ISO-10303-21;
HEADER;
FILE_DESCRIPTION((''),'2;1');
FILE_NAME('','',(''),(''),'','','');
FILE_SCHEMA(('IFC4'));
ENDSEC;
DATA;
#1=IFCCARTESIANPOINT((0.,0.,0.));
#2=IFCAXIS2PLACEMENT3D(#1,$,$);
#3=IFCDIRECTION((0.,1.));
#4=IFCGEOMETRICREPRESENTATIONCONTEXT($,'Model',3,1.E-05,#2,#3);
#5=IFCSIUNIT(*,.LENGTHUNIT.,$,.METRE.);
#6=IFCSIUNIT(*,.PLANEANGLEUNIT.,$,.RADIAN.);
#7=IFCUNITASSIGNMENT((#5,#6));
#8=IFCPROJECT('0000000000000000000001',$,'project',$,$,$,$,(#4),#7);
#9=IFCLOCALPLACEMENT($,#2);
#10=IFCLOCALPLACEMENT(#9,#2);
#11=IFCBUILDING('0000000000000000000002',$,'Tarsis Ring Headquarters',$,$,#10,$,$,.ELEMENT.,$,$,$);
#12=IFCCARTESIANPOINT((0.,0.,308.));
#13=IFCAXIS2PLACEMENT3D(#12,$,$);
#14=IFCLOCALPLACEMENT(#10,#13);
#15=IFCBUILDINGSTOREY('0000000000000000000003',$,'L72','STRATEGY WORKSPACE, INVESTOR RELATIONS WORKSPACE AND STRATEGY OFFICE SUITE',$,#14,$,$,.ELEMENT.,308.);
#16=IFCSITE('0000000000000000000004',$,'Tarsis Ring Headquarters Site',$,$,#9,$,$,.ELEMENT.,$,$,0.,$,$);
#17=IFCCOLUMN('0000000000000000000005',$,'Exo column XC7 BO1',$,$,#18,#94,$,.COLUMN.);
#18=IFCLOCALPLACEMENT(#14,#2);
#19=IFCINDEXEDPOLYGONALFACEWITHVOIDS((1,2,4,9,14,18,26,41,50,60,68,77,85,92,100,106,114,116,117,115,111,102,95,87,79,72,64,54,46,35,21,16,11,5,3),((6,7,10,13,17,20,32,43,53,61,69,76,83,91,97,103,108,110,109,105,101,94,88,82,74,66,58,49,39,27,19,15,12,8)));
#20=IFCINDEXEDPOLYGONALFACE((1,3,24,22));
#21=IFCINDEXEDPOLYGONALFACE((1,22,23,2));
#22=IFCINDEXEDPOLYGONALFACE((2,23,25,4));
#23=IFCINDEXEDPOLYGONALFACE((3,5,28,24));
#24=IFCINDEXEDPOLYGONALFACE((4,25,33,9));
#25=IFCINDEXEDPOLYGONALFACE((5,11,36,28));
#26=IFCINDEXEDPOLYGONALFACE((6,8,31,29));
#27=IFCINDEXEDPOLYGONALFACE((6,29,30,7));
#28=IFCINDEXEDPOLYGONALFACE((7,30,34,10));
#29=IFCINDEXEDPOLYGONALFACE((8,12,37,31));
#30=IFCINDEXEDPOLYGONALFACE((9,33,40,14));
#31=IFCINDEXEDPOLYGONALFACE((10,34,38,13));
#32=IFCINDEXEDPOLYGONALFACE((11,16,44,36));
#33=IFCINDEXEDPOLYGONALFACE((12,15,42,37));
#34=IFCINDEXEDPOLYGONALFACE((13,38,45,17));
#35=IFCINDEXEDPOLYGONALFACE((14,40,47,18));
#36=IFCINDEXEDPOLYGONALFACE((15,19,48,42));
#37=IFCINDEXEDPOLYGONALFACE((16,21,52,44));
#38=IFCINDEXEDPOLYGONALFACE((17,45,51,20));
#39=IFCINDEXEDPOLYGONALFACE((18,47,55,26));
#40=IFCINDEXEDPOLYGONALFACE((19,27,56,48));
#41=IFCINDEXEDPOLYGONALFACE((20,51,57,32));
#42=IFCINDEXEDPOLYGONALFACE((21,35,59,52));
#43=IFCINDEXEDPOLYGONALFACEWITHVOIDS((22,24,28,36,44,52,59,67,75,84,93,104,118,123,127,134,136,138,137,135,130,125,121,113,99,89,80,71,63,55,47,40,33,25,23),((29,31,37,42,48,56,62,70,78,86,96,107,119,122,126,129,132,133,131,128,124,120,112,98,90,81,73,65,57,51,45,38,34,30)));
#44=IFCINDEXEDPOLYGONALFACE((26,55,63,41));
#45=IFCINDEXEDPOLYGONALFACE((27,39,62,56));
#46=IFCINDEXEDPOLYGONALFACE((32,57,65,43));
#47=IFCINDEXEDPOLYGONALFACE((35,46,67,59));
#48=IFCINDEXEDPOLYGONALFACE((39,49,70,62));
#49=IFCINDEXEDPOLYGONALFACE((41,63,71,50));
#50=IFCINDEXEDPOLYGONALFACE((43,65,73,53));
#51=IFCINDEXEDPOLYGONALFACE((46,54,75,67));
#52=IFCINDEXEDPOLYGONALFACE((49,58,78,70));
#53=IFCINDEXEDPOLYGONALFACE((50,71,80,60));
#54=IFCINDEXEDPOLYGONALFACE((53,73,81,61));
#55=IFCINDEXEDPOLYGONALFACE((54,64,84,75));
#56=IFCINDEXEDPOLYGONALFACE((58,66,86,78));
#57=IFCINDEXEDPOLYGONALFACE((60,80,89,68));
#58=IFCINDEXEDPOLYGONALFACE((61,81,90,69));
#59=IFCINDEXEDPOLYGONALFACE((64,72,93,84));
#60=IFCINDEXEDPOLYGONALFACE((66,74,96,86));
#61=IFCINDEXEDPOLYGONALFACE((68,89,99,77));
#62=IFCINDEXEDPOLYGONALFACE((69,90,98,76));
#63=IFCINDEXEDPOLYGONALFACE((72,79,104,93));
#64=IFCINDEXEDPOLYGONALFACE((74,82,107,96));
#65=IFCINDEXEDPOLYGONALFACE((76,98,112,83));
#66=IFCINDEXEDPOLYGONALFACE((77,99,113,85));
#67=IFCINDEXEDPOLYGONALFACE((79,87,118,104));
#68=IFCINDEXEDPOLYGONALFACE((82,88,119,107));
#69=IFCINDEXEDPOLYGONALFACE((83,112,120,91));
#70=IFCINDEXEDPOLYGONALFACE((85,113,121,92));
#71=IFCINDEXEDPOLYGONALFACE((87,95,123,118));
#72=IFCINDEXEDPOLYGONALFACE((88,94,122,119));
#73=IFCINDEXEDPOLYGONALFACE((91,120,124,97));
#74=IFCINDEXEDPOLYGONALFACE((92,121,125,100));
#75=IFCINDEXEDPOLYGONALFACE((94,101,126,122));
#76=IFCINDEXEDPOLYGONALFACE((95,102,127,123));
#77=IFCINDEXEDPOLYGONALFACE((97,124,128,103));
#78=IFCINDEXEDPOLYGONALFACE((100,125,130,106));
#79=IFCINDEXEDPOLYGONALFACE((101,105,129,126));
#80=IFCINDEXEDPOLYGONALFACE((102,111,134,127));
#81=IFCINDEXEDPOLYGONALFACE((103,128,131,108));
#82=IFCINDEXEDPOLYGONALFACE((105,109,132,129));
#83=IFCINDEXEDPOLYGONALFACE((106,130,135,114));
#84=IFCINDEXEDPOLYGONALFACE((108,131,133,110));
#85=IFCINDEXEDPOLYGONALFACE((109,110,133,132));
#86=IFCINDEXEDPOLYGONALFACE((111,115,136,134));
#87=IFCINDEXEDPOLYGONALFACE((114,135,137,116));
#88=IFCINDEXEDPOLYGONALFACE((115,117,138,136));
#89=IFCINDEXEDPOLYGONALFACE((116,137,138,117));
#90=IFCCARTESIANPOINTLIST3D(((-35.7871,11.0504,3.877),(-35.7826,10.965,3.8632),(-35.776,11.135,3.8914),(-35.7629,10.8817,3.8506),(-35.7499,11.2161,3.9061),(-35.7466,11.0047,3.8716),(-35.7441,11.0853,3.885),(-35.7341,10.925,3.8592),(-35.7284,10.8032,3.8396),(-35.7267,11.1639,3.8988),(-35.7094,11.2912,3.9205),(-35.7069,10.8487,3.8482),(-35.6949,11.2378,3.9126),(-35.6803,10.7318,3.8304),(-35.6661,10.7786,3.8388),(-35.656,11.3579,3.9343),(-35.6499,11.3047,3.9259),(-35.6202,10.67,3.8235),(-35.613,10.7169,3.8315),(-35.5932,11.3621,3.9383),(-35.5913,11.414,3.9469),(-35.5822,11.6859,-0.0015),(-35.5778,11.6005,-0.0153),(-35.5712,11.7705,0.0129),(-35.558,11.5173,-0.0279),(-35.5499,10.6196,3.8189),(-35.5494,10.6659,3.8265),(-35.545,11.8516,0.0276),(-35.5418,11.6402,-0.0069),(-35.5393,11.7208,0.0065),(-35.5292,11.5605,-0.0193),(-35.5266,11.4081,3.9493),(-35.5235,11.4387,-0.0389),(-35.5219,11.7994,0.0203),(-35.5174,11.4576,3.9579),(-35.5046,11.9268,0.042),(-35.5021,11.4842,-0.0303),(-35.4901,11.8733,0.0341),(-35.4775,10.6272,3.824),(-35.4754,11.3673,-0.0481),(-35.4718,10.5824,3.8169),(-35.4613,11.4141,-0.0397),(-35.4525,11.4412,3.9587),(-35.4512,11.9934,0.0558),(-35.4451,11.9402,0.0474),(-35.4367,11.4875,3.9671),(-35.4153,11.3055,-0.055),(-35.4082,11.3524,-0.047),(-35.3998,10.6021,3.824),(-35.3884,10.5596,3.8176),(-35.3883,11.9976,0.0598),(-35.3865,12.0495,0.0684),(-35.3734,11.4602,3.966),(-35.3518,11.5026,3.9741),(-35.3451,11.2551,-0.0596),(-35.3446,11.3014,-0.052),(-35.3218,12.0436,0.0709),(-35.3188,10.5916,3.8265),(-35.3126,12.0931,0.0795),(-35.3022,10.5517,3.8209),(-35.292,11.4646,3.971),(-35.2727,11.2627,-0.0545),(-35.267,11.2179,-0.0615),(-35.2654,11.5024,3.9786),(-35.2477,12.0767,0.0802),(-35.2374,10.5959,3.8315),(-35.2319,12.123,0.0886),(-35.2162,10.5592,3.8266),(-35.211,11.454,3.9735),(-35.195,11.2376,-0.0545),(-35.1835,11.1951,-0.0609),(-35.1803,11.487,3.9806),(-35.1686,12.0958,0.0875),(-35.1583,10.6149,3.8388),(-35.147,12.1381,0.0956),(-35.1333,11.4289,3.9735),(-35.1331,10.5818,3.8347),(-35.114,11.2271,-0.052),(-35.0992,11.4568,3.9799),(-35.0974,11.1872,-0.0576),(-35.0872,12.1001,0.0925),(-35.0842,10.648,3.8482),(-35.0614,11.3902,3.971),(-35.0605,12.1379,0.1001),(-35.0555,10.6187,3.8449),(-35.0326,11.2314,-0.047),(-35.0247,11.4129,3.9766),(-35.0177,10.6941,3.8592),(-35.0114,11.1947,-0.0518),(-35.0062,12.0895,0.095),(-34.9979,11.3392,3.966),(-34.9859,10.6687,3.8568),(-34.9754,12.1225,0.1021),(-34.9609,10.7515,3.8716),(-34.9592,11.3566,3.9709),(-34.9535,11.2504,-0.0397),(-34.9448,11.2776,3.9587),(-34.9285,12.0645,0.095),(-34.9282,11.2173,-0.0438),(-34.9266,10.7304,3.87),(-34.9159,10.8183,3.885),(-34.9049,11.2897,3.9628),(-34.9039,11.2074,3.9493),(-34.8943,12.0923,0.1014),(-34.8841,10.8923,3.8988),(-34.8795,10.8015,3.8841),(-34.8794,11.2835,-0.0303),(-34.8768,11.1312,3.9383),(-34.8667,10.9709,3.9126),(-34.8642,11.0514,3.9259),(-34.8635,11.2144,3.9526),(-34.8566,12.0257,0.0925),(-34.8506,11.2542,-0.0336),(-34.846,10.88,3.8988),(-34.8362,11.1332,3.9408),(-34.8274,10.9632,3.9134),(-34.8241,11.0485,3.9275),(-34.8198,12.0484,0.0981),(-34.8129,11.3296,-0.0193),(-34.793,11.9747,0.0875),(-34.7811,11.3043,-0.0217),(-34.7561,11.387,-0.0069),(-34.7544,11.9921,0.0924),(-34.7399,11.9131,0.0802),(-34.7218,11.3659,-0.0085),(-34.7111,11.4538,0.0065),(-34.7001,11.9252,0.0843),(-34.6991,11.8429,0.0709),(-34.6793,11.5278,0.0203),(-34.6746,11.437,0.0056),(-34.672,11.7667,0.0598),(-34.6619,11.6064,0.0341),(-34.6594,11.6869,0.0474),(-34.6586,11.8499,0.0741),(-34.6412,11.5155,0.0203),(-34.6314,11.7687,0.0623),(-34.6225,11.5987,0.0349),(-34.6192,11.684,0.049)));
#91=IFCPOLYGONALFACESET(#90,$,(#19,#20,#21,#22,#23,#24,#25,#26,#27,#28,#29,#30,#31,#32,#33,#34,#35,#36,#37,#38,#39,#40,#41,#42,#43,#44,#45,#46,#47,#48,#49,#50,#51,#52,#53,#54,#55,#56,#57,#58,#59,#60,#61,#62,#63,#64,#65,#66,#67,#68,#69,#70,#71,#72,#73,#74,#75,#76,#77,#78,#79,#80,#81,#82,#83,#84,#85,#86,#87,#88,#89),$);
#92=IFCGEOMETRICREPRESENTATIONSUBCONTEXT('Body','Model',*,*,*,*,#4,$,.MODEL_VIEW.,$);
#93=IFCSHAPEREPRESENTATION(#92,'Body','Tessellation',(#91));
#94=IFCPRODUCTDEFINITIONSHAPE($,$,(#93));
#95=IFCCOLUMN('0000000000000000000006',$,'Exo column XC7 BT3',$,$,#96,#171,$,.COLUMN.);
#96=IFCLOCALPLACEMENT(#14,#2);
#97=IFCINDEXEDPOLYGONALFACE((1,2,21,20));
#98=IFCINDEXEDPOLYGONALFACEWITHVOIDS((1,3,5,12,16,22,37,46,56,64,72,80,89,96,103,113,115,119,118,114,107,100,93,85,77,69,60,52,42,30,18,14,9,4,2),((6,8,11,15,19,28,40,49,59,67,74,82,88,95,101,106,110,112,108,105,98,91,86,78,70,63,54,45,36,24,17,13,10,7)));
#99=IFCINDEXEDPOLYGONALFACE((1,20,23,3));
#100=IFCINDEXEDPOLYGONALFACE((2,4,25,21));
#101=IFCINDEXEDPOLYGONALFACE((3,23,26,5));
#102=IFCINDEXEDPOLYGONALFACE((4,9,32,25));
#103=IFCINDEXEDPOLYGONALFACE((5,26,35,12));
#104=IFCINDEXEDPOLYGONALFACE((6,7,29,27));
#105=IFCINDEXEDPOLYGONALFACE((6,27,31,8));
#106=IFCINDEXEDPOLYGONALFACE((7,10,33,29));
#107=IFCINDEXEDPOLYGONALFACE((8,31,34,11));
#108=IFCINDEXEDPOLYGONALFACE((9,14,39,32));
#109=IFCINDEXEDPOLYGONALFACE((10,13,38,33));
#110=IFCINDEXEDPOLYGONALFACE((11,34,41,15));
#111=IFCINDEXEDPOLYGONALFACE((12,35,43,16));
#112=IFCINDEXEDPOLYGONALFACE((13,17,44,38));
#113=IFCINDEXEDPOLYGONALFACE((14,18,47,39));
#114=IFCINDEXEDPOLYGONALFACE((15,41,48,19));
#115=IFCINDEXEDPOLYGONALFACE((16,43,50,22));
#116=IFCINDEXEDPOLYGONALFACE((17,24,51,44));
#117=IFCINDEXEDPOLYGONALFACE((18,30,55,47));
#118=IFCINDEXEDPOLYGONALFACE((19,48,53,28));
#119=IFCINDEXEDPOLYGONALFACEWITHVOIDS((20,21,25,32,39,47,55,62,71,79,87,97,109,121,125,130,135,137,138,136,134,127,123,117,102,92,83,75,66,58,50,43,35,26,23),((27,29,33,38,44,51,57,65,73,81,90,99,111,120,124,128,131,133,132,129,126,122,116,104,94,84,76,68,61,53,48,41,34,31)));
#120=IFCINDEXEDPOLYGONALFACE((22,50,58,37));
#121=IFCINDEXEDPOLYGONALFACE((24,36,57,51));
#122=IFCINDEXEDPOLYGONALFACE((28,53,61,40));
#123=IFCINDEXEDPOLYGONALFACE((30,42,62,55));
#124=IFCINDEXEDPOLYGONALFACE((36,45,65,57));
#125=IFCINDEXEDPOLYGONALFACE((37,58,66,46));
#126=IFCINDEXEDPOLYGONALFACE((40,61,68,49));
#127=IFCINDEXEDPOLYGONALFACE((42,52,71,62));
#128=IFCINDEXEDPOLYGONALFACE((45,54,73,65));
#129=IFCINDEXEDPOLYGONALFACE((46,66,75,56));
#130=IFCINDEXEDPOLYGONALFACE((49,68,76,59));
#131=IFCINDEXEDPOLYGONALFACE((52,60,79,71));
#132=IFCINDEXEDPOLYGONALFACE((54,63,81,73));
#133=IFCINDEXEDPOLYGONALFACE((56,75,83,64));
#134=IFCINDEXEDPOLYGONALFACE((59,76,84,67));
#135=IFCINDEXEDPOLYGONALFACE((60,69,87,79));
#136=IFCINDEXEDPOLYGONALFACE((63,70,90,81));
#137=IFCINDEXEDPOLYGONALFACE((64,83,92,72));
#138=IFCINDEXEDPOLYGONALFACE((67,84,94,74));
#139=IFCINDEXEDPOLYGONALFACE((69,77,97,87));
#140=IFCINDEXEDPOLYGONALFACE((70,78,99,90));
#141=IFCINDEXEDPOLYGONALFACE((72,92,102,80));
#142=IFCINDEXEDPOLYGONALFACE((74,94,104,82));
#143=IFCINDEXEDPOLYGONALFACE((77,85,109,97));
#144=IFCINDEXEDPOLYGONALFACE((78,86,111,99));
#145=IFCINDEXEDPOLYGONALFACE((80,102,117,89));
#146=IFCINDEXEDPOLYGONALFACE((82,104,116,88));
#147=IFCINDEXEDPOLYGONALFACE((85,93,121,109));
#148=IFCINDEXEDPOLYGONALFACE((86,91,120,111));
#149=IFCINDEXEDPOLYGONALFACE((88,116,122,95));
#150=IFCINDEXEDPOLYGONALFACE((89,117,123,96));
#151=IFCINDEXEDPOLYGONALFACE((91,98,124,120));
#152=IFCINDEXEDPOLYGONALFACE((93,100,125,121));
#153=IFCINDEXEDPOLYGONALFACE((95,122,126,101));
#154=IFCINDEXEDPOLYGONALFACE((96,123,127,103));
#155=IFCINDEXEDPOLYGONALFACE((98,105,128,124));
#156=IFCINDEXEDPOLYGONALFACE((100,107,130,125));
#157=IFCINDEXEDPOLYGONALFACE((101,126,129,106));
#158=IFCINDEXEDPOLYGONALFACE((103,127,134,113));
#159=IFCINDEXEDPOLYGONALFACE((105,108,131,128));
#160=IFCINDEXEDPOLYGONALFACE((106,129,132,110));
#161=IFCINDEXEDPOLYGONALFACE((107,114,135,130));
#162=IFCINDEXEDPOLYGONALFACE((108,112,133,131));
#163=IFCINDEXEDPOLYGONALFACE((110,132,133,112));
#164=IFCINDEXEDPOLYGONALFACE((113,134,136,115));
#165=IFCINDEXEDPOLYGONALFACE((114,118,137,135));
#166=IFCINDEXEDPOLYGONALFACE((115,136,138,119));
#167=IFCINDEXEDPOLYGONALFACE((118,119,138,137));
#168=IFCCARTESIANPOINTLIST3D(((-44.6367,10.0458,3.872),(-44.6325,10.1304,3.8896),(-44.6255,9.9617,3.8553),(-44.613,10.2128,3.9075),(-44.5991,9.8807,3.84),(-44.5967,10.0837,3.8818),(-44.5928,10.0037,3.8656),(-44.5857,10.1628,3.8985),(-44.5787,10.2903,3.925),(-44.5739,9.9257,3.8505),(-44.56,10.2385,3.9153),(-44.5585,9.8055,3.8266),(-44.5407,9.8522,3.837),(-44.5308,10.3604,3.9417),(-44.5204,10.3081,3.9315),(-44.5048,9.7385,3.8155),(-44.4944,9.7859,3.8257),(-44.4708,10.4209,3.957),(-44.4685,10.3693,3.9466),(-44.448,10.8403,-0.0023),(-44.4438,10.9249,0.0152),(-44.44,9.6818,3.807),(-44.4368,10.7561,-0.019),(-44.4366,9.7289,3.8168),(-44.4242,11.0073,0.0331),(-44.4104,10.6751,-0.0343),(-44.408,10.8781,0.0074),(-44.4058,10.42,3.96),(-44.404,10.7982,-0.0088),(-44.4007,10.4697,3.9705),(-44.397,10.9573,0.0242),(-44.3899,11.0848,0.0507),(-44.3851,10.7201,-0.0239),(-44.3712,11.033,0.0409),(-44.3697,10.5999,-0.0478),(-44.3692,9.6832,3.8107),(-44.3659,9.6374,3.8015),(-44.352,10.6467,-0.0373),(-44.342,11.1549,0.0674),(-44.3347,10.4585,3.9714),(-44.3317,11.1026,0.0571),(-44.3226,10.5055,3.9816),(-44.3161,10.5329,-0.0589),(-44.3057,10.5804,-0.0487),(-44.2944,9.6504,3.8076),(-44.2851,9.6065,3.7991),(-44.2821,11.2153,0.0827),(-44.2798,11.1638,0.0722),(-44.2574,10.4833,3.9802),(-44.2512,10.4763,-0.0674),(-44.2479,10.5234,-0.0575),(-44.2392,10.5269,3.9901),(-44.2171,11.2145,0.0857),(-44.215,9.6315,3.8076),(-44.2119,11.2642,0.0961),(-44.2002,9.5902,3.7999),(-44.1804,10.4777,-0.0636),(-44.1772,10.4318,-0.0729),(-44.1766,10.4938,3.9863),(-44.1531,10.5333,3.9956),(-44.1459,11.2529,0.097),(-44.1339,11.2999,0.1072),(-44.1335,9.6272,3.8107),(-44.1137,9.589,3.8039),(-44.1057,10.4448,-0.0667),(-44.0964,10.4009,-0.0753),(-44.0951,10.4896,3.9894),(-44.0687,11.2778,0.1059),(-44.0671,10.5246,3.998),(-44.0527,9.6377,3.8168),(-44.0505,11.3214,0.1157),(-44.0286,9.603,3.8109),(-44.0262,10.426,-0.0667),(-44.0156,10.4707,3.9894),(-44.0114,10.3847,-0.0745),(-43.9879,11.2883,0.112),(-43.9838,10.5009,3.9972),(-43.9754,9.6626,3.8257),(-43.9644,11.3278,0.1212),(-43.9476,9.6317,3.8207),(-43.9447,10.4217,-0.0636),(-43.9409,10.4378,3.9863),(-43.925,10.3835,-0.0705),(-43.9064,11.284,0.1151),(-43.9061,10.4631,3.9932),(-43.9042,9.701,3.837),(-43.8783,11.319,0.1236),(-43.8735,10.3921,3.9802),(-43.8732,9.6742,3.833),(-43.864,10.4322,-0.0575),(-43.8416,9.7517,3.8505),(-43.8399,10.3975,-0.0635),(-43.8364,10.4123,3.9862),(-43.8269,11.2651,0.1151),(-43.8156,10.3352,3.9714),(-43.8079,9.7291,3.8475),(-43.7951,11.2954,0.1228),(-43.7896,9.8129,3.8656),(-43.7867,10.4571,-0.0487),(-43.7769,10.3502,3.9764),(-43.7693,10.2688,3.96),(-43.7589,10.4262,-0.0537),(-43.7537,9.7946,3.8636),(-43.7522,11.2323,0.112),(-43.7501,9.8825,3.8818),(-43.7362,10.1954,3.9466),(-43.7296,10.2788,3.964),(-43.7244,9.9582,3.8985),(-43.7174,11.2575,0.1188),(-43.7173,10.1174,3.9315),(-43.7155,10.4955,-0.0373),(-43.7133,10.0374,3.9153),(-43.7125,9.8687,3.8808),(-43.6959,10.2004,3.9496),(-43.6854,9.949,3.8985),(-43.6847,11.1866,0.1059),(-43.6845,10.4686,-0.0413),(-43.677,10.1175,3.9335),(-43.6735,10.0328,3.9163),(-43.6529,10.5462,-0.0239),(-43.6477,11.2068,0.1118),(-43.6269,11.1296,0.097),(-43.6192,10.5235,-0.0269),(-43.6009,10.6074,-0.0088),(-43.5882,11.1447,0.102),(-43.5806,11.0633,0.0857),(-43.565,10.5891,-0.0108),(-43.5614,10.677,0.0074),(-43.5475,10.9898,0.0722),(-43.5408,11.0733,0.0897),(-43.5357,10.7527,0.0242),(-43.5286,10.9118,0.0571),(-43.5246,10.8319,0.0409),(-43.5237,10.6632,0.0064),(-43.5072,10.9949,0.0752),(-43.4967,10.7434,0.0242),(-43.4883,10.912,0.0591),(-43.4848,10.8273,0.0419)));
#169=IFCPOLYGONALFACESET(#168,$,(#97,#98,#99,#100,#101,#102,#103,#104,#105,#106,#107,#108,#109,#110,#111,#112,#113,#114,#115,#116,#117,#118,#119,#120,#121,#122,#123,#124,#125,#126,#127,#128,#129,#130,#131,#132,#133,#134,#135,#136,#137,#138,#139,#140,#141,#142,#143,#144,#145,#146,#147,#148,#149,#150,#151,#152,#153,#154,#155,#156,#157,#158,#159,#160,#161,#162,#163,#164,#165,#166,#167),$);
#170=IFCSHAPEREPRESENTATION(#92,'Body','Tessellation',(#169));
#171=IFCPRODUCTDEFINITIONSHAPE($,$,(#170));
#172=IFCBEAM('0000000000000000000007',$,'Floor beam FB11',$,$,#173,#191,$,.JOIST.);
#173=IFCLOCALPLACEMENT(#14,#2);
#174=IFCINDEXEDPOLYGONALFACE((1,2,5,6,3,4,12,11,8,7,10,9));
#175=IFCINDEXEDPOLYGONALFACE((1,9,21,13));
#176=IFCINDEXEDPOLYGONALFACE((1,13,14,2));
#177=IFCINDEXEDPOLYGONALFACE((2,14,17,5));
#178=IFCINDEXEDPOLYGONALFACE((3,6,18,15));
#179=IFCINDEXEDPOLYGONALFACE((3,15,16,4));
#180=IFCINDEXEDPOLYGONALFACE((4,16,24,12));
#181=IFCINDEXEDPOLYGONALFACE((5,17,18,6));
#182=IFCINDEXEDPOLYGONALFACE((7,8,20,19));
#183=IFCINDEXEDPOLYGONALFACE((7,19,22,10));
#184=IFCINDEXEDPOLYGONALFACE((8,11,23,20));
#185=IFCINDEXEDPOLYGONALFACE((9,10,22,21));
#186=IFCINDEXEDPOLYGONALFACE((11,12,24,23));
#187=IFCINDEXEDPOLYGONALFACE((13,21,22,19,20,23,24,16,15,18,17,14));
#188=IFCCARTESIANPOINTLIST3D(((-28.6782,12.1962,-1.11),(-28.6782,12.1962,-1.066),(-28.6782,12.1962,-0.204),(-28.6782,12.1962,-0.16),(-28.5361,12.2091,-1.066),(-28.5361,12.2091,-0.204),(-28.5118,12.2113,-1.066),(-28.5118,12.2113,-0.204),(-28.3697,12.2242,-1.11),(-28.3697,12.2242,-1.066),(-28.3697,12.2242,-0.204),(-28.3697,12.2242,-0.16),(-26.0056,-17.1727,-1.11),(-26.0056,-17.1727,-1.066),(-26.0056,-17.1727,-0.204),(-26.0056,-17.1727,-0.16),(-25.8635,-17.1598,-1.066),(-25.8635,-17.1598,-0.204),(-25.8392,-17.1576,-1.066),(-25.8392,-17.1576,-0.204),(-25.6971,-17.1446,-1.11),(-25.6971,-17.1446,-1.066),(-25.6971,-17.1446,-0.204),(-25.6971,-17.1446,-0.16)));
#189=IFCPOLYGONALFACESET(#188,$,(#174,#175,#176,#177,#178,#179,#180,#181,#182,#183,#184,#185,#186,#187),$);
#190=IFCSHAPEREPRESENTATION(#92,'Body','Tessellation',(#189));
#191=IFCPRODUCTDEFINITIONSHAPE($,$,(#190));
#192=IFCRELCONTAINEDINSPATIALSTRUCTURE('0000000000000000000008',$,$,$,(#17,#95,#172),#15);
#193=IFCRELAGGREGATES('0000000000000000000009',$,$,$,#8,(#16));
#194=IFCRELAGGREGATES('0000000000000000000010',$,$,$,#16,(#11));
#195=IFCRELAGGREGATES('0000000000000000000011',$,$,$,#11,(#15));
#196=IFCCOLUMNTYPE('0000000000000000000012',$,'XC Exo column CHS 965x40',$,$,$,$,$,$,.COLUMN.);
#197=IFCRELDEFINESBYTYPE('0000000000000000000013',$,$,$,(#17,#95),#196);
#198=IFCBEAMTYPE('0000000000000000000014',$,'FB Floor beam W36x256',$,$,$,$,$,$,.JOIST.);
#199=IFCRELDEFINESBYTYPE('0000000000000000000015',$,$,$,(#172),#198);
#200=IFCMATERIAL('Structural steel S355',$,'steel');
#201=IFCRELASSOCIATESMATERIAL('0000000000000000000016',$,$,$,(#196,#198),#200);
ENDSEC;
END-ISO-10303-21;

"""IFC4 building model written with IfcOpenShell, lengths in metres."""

from ifc_helpers import new_model, si_unit, direction, frame, origin, origin_2d, place, context, subcontext, project, spatial, hollow_circle, i_section, extrude, material, material_profile, profile_set, type_object, element, save


model = new_model("IFC4")

# Units and contexts
model_context = context("Model", 3, precision=1e-05, world=origin(), true_north=direction((0.0, 1.0)))
body_context = subcontext(model_context, "Body", "Model", "MODEL_VIEW")
ifc_project = project(units=[si_unit("LENGTHUNIT", "METRE"), si_unit("PLANEANGLEUNIT", "RADIAN")], contexts=[model_context])

# Site, building, storey
site_placement = place(None, origin())
site = spatial("IfcSite", under=ifc_project, at=site_placement, Name="Tarsis Ring Headquarters Site", CompositionType="ELEMENT", RefElevation=0.0)
building_placement = place(site_placement, origin())
building = spatial("IfcBuilding", under=site, at=building_placement, Name="Tarsis Ring Headquarters", CompositionType="ELEMENT")
storey_placement = place(building_placement, frame((0.0, 0.0, 308.0)))
storey = spatial("IfcBuildingStorey", under=building, at=storey_placement, Name="L72", Description="STRATEGY WORKSPACE, INVESTOR RELATIONS WORKSPACE AND STRATEGY OFFICE SUITE", CompositionType="ELEMENT", Elevation=308.0)

# Columns
ifc_material_1 = material(Name="Structural steel S355", Category="steel")
ifc_material_profile_1 = material_profile(ifc_material_1, hollow_circle(Radius=0.4827, WallThickness=0.04, at=origin_2d()), Name="CHS 965x40")
ifc_profile_set_1 = profile_set([ifc_material_profile_1], Name="Structural steel S355")
column_type = type_object("IfcColumnType", Name="XC Exo column CHS 965x40", PredefinedType="COLUMN", material=ifc_profile_set_1)
column_1_placement = place(storey_placement, frame((-35.1006, 11.6636, 0.0203), z_axis=(-0.052048, -0.161479, 0.985503), x_axis=(0.951781, -0.306778, 0.0)))
element("IfcColumn", 1, at=column_1_placement, inside=storey, type_object=column_type, Name="Exo column XC7 BO1", PredefinedType="COLUMN", context=body_context, shape_type="SweptSolid", body=[
    extrude(hollow_circle(Radius=0.4827, WallThickness=0.04, at=origin_2d()), origin(), (0.0, 0.0, 1.0), 3.9355),
])
column_2_placement = place(storey_placement, frame((-43.9663, 10.855, 0.0242), z_axis=(-0.047664, -0.200646, 0.978504), x_axis=(0.972925, -0.231122, 0.0)))
element("IfcColumn", 2, at=column_2_placement, inside=storey, type_object=column_type, Name="Exo column XC7 BT3", PredefinedType="COLUMN", context=body_context, shape_type="SweptSolid", body=[
    extrude(hollow_circle(Radius=0.4827, WallThickness=0.04, at=origin_2d()), origin(), (0.0, 0.0, 1.0), 3.9595),
])

# Beam
ifc_material_profile_2 = material_profile(ifc_material_1, i_section(OverallWidth=0.3098, OverallDepth=0.95, WebThickness=0.0244, FlangeThickness=0.0439, at=origin_2d()), Name="W36x256")
ifc_profile_set_2 = profile_set([ifc_material_profile_2], Name="Structural steel S355")
beam_type_1 = type_object("IfcBeamType", Name="FB Floor beam W36x256", PredefinedType="JOIST", material=ifc_profile_set_2)
for number, where, z_axis, x_axis, name in (
    (3, (-28.5239, 12.2102, -0.635), (0.090627, -0.995885, 0.0), (0.995885, 0.090627, 0.0), "Floor beam FB11"),
):
    element("IfcBeam", number, at=place(storey_placement, frame(where, z_axis=z_axis, x_axis=x_axis)), inside=storey, type_object=beam_type_1, Name=name, PredefinedType="JOIST", context=body_context, shape_type="SweptSolid", body=[
        extrude(i_section(OverallWidth=0.3098, OverallDepth=0.95, WebThickness=0.0244, FlangeThickness=0.0439, at=origin_2d()), origin(), (0.0, 0.0, 1.0), 29.4902),
    ])

save(model, "model.ifc")
